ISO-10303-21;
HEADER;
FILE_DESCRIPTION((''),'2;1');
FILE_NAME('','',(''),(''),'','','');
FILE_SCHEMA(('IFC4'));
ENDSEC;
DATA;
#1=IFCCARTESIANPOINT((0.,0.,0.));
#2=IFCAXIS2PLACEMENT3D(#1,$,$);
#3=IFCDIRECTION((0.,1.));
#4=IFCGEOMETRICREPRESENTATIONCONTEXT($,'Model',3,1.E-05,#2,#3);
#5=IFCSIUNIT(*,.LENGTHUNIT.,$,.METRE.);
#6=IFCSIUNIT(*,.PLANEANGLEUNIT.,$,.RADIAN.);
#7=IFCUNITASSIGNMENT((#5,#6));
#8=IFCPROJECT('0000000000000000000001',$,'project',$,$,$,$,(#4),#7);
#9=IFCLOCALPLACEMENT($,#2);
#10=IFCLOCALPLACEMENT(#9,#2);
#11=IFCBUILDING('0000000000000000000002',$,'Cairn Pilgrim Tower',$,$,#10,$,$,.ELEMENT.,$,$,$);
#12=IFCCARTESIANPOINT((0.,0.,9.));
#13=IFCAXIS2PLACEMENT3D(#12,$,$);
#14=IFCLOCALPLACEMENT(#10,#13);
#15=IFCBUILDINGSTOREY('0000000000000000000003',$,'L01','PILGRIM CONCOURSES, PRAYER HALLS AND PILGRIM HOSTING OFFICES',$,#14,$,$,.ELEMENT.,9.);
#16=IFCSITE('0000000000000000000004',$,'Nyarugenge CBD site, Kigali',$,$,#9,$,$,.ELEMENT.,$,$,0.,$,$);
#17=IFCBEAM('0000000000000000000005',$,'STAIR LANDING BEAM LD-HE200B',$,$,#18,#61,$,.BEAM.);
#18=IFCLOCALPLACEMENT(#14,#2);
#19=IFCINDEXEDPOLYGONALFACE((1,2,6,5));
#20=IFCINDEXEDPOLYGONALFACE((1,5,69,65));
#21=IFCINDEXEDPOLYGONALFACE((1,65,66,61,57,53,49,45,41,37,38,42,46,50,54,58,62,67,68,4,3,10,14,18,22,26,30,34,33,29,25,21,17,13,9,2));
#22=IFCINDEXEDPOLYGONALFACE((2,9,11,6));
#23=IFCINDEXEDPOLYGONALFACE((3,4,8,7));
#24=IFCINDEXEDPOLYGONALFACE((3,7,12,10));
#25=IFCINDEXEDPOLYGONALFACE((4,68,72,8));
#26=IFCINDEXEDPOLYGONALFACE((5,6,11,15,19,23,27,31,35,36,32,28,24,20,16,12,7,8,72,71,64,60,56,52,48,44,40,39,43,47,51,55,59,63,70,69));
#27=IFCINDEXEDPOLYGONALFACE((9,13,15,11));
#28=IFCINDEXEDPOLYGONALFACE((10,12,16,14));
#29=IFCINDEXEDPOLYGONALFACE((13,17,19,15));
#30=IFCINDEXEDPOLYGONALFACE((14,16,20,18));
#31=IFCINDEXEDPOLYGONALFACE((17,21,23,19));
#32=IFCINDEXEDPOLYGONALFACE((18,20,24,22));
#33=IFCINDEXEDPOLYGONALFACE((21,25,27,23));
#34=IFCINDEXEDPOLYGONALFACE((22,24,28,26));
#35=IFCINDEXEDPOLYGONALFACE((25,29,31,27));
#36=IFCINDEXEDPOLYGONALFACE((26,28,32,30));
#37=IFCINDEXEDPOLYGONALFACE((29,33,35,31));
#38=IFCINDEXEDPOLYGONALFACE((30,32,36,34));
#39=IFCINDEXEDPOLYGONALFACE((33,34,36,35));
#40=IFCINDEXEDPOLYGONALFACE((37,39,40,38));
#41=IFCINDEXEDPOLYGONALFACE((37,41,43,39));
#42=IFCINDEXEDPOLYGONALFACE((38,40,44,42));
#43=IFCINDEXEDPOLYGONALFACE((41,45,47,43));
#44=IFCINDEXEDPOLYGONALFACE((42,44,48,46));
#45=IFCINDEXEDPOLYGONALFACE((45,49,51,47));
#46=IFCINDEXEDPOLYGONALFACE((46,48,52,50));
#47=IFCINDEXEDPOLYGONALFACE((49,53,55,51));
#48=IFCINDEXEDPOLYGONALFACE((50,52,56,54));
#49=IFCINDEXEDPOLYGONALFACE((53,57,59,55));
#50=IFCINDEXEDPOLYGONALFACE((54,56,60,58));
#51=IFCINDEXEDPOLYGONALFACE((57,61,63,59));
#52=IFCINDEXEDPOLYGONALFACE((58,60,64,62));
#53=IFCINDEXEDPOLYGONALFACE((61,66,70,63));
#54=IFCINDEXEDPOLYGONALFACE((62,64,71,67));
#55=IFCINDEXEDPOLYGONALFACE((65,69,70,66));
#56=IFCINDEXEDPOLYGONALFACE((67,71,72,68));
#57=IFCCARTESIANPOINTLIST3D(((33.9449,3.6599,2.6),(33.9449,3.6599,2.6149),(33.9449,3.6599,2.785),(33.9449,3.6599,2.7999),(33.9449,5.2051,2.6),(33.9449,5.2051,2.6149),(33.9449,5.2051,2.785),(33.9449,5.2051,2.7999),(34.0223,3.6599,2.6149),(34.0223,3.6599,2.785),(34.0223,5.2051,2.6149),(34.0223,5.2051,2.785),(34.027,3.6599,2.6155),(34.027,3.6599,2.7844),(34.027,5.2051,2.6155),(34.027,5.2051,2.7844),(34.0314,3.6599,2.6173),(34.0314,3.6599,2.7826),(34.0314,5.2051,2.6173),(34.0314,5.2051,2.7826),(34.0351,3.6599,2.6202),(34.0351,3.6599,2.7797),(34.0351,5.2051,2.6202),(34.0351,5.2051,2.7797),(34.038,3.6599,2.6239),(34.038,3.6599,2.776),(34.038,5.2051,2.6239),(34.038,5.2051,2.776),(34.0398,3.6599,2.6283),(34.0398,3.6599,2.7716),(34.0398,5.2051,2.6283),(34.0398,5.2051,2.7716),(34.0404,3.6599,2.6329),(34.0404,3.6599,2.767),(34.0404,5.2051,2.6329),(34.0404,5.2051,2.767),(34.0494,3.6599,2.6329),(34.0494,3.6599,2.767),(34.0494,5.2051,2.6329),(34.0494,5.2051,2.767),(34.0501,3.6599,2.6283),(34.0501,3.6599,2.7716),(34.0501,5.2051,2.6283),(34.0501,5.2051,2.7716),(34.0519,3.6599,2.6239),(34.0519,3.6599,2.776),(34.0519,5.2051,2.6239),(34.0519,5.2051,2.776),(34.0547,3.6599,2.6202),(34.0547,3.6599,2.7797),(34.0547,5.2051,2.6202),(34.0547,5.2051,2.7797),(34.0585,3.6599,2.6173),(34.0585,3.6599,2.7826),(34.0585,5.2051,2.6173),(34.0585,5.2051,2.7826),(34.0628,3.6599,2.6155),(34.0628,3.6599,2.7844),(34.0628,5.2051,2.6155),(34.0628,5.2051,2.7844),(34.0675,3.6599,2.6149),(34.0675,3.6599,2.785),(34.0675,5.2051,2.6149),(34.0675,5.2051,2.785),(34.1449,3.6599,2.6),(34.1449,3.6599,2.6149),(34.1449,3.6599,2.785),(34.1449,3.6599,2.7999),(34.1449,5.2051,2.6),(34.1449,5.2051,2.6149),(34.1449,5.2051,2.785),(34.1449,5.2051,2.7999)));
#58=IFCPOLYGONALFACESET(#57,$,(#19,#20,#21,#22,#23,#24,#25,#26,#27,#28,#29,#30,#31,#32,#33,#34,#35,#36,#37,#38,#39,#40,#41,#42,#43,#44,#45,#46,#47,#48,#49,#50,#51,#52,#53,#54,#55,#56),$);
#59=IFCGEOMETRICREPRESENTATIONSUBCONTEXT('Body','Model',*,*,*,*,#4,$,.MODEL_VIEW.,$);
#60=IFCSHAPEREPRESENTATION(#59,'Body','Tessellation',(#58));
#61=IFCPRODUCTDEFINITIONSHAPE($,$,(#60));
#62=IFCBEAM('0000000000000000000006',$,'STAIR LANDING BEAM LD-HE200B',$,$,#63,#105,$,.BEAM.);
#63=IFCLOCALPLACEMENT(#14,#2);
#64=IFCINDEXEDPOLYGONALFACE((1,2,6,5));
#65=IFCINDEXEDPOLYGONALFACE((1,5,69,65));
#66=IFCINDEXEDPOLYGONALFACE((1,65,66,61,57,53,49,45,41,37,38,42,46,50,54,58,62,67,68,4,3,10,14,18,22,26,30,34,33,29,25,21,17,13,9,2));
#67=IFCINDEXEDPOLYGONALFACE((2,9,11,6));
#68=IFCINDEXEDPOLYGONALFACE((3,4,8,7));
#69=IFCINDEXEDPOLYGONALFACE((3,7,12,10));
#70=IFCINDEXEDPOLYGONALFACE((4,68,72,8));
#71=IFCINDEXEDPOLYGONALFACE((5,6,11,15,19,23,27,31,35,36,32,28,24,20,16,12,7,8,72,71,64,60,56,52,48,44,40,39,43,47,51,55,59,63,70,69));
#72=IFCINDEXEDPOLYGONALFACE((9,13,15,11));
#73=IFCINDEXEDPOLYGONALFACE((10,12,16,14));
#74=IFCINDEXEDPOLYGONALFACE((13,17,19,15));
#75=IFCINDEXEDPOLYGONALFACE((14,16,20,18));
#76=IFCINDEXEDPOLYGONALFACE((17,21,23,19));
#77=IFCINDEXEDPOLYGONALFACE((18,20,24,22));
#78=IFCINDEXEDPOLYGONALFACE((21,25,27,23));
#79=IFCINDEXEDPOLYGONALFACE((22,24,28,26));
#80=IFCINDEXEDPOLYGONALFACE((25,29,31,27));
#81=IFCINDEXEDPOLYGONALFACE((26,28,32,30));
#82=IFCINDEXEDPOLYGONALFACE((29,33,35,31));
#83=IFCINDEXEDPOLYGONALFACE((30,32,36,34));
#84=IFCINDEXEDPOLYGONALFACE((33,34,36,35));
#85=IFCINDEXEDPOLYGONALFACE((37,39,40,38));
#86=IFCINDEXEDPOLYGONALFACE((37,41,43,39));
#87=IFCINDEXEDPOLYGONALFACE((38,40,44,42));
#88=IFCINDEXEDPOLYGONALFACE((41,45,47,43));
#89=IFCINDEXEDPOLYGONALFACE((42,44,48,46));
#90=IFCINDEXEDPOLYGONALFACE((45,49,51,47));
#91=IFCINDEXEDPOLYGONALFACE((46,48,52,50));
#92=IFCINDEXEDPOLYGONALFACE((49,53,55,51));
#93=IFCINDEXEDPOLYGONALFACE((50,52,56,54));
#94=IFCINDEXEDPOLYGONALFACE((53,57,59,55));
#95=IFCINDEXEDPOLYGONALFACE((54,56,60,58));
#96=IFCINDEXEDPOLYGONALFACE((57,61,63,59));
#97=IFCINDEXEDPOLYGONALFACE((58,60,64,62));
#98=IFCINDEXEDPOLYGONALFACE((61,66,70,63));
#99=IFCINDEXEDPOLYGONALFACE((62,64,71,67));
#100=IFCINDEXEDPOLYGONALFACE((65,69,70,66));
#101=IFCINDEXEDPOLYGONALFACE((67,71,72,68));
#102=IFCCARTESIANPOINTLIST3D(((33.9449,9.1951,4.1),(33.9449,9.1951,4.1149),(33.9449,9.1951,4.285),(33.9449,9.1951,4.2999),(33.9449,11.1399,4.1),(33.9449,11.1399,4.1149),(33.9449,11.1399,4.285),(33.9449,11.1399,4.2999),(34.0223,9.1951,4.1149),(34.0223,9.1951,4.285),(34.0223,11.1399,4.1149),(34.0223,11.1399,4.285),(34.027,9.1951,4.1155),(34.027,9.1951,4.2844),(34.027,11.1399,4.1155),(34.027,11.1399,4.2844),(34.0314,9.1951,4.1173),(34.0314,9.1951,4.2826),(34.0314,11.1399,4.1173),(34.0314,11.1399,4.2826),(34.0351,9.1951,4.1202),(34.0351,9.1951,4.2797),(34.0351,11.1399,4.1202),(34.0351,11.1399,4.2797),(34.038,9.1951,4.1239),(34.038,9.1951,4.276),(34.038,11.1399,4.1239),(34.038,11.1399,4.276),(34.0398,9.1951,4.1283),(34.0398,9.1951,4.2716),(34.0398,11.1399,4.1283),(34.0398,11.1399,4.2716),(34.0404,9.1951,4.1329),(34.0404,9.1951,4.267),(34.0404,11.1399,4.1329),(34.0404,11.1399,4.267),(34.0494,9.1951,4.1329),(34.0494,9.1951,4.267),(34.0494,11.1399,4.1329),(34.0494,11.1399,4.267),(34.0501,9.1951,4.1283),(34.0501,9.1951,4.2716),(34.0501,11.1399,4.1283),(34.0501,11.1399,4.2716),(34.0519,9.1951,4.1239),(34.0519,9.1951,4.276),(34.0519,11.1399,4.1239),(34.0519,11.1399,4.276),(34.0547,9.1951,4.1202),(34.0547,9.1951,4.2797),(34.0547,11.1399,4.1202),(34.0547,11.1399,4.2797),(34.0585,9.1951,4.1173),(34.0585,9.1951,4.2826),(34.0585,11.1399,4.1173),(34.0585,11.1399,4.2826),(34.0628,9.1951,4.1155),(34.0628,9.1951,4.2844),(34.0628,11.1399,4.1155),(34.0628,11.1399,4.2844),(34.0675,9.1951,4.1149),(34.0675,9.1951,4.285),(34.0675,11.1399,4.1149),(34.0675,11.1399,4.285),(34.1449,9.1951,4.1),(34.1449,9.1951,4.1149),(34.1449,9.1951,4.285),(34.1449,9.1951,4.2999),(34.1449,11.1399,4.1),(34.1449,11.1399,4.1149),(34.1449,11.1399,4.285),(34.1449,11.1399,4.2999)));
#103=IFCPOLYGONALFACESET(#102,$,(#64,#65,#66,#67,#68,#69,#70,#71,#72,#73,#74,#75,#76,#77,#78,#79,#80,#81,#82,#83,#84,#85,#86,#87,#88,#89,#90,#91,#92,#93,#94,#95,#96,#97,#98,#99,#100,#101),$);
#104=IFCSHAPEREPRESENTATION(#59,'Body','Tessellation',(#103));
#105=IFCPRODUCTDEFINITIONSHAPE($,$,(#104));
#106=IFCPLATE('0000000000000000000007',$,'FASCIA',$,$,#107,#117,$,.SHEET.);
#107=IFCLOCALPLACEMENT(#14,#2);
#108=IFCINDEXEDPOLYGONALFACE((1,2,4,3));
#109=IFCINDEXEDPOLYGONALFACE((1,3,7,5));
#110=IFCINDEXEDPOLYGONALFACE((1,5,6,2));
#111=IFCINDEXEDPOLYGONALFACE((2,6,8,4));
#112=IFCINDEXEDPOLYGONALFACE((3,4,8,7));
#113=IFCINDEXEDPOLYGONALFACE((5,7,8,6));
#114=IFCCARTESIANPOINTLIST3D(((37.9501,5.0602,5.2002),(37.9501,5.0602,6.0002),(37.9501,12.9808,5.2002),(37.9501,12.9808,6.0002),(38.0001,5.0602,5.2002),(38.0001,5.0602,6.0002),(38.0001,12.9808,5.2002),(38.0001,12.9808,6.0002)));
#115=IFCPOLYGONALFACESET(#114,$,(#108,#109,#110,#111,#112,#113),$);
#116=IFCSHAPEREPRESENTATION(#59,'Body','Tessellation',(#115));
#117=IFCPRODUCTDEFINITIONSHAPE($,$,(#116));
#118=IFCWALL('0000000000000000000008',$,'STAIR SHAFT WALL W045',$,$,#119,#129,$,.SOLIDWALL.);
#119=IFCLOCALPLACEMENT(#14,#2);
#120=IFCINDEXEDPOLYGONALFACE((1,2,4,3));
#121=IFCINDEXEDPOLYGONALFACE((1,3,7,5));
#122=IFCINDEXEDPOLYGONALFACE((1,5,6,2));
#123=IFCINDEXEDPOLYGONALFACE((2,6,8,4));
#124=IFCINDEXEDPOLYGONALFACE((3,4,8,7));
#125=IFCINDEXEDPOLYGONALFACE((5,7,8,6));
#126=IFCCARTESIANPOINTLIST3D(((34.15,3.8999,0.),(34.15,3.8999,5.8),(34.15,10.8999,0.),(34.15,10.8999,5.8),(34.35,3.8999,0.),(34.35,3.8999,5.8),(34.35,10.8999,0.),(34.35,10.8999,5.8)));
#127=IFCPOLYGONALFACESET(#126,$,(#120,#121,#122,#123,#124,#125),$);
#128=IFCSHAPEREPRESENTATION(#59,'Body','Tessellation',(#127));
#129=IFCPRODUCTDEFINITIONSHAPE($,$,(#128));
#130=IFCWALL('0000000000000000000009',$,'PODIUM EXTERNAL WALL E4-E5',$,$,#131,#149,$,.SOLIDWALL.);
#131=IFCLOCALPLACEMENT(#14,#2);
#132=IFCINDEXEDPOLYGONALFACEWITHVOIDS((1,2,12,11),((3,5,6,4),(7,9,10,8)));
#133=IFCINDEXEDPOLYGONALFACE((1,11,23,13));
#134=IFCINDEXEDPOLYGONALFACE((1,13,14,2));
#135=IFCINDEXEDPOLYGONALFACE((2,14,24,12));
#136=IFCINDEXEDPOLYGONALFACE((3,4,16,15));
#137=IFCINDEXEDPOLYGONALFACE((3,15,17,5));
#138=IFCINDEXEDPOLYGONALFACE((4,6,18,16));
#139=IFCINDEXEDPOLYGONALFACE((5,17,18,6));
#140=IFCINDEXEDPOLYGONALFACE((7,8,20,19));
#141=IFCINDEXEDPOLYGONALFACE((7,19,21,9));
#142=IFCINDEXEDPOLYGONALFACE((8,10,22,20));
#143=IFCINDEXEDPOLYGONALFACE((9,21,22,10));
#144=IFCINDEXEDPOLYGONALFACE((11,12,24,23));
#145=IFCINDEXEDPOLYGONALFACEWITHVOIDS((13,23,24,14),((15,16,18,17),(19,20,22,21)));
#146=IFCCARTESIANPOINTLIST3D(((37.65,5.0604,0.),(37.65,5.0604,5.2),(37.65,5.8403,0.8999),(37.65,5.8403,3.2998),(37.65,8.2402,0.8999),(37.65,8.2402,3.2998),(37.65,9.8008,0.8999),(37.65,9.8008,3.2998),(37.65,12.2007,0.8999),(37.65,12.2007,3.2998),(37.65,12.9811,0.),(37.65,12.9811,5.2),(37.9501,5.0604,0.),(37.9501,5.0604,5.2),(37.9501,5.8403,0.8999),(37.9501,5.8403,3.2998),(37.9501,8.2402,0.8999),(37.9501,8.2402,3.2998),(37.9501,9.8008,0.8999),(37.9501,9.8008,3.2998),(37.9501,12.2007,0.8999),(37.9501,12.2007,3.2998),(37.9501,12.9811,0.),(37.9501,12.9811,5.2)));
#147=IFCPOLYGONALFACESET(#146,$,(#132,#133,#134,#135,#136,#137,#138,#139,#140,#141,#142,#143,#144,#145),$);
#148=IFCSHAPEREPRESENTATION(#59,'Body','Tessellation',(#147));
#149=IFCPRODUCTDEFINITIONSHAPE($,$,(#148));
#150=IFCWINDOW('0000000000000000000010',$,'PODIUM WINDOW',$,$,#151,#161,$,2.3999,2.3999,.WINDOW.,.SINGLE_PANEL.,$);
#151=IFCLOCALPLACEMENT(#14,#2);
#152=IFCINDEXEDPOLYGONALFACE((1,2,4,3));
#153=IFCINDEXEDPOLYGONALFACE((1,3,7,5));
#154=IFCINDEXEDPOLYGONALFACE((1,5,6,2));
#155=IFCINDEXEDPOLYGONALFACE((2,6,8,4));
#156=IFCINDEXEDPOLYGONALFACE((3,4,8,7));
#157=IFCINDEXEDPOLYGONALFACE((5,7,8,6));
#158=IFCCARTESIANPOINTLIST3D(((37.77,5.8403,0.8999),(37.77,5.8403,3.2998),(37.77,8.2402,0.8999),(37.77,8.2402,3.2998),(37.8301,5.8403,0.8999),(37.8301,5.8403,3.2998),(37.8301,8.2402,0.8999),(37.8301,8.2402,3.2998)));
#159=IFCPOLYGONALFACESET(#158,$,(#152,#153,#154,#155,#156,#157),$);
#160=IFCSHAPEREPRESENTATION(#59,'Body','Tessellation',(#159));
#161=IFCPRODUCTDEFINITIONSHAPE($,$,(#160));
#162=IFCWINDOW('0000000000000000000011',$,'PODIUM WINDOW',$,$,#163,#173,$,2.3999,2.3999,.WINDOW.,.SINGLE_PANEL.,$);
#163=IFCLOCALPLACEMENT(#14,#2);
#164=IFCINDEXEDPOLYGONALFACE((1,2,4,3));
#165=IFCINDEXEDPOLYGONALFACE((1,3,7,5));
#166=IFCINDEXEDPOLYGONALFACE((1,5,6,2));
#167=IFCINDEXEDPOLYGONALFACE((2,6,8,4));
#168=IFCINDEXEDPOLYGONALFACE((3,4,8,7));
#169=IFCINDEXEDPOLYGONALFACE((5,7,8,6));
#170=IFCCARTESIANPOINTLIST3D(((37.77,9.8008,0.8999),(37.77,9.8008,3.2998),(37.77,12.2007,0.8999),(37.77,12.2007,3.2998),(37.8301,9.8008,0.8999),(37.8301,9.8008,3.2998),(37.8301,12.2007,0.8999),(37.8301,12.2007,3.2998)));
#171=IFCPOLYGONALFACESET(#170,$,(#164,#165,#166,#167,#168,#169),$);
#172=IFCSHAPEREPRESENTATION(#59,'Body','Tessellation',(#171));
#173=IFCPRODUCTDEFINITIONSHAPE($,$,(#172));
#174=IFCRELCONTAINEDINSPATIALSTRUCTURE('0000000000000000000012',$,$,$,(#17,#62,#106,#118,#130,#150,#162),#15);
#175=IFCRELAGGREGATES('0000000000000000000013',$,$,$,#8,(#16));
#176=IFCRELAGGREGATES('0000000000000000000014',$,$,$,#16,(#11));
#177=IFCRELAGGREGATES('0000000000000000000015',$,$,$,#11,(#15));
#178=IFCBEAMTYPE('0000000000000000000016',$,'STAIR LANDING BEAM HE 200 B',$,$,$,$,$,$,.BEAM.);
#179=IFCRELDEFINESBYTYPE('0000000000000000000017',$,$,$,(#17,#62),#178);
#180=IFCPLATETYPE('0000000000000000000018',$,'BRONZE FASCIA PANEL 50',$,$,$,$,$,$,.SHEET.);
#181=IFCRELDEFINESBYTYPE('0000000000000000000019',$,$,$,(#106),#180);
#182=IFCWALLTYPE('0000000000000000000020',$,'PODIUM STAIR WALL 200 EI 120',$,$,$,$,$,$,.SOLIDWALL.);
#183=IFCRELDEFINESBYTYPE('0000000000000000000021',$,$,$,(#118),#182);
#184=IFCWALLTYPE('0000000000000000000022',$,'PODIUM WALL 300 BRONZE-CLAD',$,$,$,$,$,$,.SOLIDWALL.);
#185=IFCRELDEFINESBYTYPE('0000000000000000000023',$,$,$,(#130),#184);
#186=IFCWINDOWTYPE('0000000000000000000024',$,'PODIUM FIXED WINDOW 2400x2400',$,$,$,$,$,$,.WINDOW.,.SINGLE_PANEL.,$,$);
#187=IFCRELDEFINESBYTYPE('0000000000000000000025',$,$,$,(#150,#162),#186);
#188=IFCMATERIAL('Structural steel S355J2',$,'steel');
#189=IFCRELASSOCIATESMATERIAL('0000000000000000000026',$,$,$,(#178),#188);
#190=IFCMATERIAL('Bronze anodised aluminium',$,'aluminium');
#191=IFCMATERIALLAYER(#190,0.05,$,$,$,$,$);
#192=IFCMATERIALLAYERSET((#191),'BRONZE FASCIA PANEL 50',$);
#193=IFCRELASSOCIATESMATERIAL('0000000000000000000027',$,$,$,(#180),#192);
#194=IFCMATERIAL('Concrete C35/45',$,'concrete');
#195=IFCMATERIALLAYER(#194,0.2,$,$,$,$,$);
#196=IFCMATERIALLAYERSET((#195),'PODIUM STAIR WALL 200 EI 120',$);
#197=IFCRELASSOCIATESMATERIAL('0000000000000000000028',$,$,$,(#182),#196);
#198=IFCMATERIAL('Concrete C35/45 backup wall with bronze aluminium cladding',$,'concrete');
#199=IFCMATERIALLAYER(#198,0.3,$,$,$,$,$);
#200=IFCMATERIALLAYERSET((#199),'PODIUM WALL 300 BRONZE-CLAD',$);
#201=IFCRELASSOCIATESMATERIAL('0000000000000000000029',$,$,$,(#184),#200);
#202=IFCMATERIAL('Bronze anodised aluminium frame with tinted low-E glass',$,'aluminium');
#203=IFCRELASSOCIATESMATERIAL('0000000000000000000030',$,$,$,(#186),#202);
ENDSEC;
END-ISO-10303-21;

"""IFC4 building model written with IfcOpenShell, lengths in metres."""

from ifc_helpers import new_model, si_unit, direction, frame, frame_2d, origin, origin_2d, place, context, subcontext, project, spatial, rectangle, i_section, extrude, material, layer, layer_set, material_profile, profile_set, type_object, element, fill, save


model = new_model("IFC4")

# Units and contexts
model_context = context("Model", 3, precision=1e-05, world=origin(), true_north=direction((0.0, 1.0)))
body_context = subcontext(model_context, "Body", "Model", "MODEL_VIEW")
ifc_project = project(units=[si_unit("LENGTHUNIT", "METRE"), si_unit("PLANEANGLEUNIT", "RADIAN")], contexts=[model_context])

# Site, building, storey
site_placement = place(None, origin())
site = spatial("IfcSite", under=ifc_project, at=site_placement, Name="Nyarugenge CBD site, Kigali", CompositionType="ELEMENT", RefElevation=0.0)
building_placement = place(site_placement, origin())
building = spatial("IfcBuilding", under=site, at=building_placement, Name="Cairn Pilgrim Tower", CompositionType="ELEMENT")
storey_placement = place(building_placement, frame((0.0, 0.0, 9.0)))
storey = spatial("IfcBuildingStorey", under=building, at=storey_placement, Name="L01", Description="PILGRIM CONCOURSES, PRAYER HALLS AND PILGRIM HOSTING OFFICES", CompositionType="ELEMENT", Elevation=9.0)

# Shared definitions
ifc_material_1 = material(Name="Structural steel S355J2", Category="steel")

# Beams
ifc_material_profile_1 = material_profile(ifc_material_1, i_section(OverallWidth=0.2, OverallDepth=0.2, WebThickness=0.009, FlangeThickness=0.0149, FilletRadius=0.0181, at=origin_2d()), Name="HE 200 B")
ifc_profile_set_1 = profile_set([ifc_material_profile_1], Name="Structural steel S355J2")
beam_type_1 = type_object("IfcBeamType", Name="STAIR LANDING BEAM HE 200 B", PredefinedType="BEAM", material=ifc_profile_set_1)
beam_1_placement = place(storey_placement, frame((34.0449, 3.6599, 2.7), z_axis=(0.0, 1.0, 0.0), x_axis=(-1.0, 0.0, 0.0)))
element("IfcBeam", 1, at=beam_1_placement, inside=storey, type_object=beam_type_1, Name="STAIR LANDING BEAM LD-HE200B", PredefinedType="BEAM", context=body_context, shape_type="SweptSolid", body=[
    extrude(i_section(OverallWidth=0.2, OverallDepth=0.2, WebThickness=0.009, FlangeThickness=0.0149, FilletRadius=0.0181, at=origin_2d()), origin(), (0.0, 0.0, 1.0), 1.5452),
])
beam_2_placement = place(storey_placement, frame((34.0449, 11.1399, 4.2), z_axis=(0.0, -1.0, 0.0), x_axis=(1.0, 0.0, 0.0)))
element("IfcBeam", 2, at=beam_2_placement, inside=storey, type_object=beam_type_1, Name="STAIR LANDING BEAM LD-HE200B", PredefinedType="BEAM", context=body_context, shape_type="SweptSolid", body=[
    extrude(i_section(OverallWidth=0.2, OverallDepth=0.2, WebThickness=0.009, FlangeThickness=0.0149, FilletRadius=0.0181, at=origin_2d()), origin(), (0.0, 0.0, 1.0), 1.9448),
])

# Plate
ifc_material_2 = material(Name="Bronze anodised aluminium", Category="aluminium")
ifc_layer_1 = layer(ifc_material_2, 0.05)
ifc_layer_set_1 = layer_set([ifc_layer_1], Name="BRONZE FASCIA PANEL 50")
plate_type = type_object("IfcPlateType", Name="BRONZE FASCIA PANEL 50", PredefinedType="SHEET", material=ifc_layer_set_1)
plate_placement = place(storey_placement, frame((37.9751, 9.0205, 5.2002), z_axis=(0.0, 0.0, 1.0), x_axis=(0.0, 1.0, 0.0)))
element("IfcPlate", 3, at=plate_placement, inside=storey, type_object=plate_type, Name="FASCIA", PredefinedType="SHEET", context=body_context, shape_type="SweptSolid", body=[
    extrude(rectangle(XDim=7.9207, YDim=0.05, at=origin_2d()), origin(), (0.0, 0.0, 1.0), 0.8),
])

# Wall
ifc_material_3 = material(Name="Concrete C35/45", Category="concrete")
ifc_layer_2 = layer(ifc_material_3, 0.2)
ifc_layer_set_2 = layer_set([ifc_layer_2], Name="PODIUM STAIR WALL 200 EI 120")
wall_type_1 = type_object("IfcWallType", Name="PODIUM STAIR WALL 200 EI 120", PredefinedType="SOLIDWALL", material=ifc_layer_set_2)
wall_1_placement = place(storey_placement, frame((34.25, 3.8999, 0.0), z_axis=(0.0, 0.0, 1.0), x_axis=(0.0, 1.0, 0.0)))
element("IfcWall", 4, at=wall_1_placement, inside=storey, type_object=wall_type_1, Name="STAIR SHAFT WALL W045", PredefinedType="SOLIDWALL", context=body_context, shape_type="SweptSolid", body=[
    extrude(rectangle(XDim=7.0, YDim=0.2, at=frame_2d((3.5, 0.0))), origin(), (0.0, 0.0, 1.0), 5.8),
])

# Wall, openings, windows
ifc_material_4 = material(Name="Concrete C35/45 backup wall with bronze aluminium cladding", Category="concrete")
ifc_layer_3 = layer(ifc_material_4, 0.3)
ifc_layer_set_3 = layer_set([ifc_layer_3], Name="PODIUM WALL 300 BRONZE-CLAD")
wall_type_2 = type_object("IfcWallType", Name="PODIUM WALL 300 BRONZE-CLAD", PredefinedType="SOLIDWALL", material=ifc_layer_set_3)
wall_2_placement = place(storey_placement, frame((37.8, 5.0603, 0.0), z_axis=(0.0, 0.0, 1.0), x_axis=(0.0, 1.0, 0.0)))
wall_2 = element("IfcWall", 5, at=wall_2_placement, inside=storey, type_object=wall_type_2, Name="PODIUM EXTERNAL WALL E4-E5", PredefinedType="SOLIDWALL", context=body_context, shape_type="SweptSolid", body=[
    extrude(rectangle(XDim=7.9207, YDim=0.3, at=frame_2d((3.9604, 0.0))), origin(), (0.0, 0.0, 1.0), 5.2),
])
opening_1_placement = place(wall_2_placement, frame((0.78, 0.0, 0.8999)))
opening_1 = element("IfcOpeningElement", 6, at=opening_1_placement, cuts=wall_2, PredefinedType="OPENING", context=body_context, shape_type="SweptSolid", body=[
    extrude(rectangle(XDim=2.3999, YDim=2.3999, at=frame_2d((1.2, 1.2))), frame((0.0, 0.1602, 0.0), z_axis=(0.0, -1.0, 0.0), x_axis=(1.0, 0.0, 0.0)), (0.0, 0.0, 1.0), 0.3201),
])
opening_2_placement = place(wall_2_placement, frame((4.7405, 0.0, 0.8999)))
opening_2 = element("IfcOpeningElement", 7, at=opening_2_placement, cuts=wall_2, PredefinedType="OPENING", context=body_context, shape_type="SweptSolid", body=[
    extrude(rectangle(XDim=2.3999, YDim=2.3999, at=frame_2d((1.2, 1.2))), frame((0.0, 0.1602, 0.0), z_axis=(0.0, -1.0, 0.0), x_axis=(1.0, 0.0, 0.0)), (0.0, 0.0, 1.0), 0.3201),
])
ifc_material_5 = material(Name="Bronze anodised aluminium frame with tinted low-E glass", Category="aluminium")
window_type = type_object("IfcWindowType", Name="PODIUM FIXED WINDOW 2400x2400", PartitioningType="SINGLE_PANEL", PredefinedType="WINDOW", material=ifc_material_5)
window_1_placement = place(opening_1_placement, origin())
window_1 = element("IfcWindow", 8, at=window_1_placement, inside=storey, type_object=window_type, Name="PODIUM WINDOW", OverallHeight=2.3999, OverallWidth=2.3999, PartitioningType="SINGLE_PANEL", PredefinedType="WINDOW", context=body_context, shape_type="SweptSolid", body=[
    extrude(rectangle(XDim=2.3999, YDim=2.3999, at=frame_2d((1.2, 1.2))), frame((0.0, 0.03, 0.0), z_axis=(0.0, -1.0, 0.0), x_axis=(1.0, 0.0, 0.0)), (0.0, 0.0, 1.0), 0.0601),
])
fill(opening_1, window_1)
window_2_placement = place(opening_2_placement, origin())
window_2 = element("IfcWindow", 9, at=window_2_placement, inside=storey, type_object=window_type, Name="PODIUM WINDOW", OverallHeight=2.3999, OverallWidth=2.3999, PartitioningType="SINGLE_PANEL", PredefinedType="WINDOW", context=body_context, shape_type="SweptSolid", body=[
    extrude(rectangle(XDim=2.3999, YDim=2.3999, at=frame_2d((1.2, 1.2))), frame((0.0, 0.03, 0.0), z_axis=(0.0, -1.0, 0.0), x_axis=(1.0, 0.0, 0.0)), (0.0, 0.0, 1.0), 0.0601),
])
fill(opening_2, window_2)

save(model, "model.ifc")
